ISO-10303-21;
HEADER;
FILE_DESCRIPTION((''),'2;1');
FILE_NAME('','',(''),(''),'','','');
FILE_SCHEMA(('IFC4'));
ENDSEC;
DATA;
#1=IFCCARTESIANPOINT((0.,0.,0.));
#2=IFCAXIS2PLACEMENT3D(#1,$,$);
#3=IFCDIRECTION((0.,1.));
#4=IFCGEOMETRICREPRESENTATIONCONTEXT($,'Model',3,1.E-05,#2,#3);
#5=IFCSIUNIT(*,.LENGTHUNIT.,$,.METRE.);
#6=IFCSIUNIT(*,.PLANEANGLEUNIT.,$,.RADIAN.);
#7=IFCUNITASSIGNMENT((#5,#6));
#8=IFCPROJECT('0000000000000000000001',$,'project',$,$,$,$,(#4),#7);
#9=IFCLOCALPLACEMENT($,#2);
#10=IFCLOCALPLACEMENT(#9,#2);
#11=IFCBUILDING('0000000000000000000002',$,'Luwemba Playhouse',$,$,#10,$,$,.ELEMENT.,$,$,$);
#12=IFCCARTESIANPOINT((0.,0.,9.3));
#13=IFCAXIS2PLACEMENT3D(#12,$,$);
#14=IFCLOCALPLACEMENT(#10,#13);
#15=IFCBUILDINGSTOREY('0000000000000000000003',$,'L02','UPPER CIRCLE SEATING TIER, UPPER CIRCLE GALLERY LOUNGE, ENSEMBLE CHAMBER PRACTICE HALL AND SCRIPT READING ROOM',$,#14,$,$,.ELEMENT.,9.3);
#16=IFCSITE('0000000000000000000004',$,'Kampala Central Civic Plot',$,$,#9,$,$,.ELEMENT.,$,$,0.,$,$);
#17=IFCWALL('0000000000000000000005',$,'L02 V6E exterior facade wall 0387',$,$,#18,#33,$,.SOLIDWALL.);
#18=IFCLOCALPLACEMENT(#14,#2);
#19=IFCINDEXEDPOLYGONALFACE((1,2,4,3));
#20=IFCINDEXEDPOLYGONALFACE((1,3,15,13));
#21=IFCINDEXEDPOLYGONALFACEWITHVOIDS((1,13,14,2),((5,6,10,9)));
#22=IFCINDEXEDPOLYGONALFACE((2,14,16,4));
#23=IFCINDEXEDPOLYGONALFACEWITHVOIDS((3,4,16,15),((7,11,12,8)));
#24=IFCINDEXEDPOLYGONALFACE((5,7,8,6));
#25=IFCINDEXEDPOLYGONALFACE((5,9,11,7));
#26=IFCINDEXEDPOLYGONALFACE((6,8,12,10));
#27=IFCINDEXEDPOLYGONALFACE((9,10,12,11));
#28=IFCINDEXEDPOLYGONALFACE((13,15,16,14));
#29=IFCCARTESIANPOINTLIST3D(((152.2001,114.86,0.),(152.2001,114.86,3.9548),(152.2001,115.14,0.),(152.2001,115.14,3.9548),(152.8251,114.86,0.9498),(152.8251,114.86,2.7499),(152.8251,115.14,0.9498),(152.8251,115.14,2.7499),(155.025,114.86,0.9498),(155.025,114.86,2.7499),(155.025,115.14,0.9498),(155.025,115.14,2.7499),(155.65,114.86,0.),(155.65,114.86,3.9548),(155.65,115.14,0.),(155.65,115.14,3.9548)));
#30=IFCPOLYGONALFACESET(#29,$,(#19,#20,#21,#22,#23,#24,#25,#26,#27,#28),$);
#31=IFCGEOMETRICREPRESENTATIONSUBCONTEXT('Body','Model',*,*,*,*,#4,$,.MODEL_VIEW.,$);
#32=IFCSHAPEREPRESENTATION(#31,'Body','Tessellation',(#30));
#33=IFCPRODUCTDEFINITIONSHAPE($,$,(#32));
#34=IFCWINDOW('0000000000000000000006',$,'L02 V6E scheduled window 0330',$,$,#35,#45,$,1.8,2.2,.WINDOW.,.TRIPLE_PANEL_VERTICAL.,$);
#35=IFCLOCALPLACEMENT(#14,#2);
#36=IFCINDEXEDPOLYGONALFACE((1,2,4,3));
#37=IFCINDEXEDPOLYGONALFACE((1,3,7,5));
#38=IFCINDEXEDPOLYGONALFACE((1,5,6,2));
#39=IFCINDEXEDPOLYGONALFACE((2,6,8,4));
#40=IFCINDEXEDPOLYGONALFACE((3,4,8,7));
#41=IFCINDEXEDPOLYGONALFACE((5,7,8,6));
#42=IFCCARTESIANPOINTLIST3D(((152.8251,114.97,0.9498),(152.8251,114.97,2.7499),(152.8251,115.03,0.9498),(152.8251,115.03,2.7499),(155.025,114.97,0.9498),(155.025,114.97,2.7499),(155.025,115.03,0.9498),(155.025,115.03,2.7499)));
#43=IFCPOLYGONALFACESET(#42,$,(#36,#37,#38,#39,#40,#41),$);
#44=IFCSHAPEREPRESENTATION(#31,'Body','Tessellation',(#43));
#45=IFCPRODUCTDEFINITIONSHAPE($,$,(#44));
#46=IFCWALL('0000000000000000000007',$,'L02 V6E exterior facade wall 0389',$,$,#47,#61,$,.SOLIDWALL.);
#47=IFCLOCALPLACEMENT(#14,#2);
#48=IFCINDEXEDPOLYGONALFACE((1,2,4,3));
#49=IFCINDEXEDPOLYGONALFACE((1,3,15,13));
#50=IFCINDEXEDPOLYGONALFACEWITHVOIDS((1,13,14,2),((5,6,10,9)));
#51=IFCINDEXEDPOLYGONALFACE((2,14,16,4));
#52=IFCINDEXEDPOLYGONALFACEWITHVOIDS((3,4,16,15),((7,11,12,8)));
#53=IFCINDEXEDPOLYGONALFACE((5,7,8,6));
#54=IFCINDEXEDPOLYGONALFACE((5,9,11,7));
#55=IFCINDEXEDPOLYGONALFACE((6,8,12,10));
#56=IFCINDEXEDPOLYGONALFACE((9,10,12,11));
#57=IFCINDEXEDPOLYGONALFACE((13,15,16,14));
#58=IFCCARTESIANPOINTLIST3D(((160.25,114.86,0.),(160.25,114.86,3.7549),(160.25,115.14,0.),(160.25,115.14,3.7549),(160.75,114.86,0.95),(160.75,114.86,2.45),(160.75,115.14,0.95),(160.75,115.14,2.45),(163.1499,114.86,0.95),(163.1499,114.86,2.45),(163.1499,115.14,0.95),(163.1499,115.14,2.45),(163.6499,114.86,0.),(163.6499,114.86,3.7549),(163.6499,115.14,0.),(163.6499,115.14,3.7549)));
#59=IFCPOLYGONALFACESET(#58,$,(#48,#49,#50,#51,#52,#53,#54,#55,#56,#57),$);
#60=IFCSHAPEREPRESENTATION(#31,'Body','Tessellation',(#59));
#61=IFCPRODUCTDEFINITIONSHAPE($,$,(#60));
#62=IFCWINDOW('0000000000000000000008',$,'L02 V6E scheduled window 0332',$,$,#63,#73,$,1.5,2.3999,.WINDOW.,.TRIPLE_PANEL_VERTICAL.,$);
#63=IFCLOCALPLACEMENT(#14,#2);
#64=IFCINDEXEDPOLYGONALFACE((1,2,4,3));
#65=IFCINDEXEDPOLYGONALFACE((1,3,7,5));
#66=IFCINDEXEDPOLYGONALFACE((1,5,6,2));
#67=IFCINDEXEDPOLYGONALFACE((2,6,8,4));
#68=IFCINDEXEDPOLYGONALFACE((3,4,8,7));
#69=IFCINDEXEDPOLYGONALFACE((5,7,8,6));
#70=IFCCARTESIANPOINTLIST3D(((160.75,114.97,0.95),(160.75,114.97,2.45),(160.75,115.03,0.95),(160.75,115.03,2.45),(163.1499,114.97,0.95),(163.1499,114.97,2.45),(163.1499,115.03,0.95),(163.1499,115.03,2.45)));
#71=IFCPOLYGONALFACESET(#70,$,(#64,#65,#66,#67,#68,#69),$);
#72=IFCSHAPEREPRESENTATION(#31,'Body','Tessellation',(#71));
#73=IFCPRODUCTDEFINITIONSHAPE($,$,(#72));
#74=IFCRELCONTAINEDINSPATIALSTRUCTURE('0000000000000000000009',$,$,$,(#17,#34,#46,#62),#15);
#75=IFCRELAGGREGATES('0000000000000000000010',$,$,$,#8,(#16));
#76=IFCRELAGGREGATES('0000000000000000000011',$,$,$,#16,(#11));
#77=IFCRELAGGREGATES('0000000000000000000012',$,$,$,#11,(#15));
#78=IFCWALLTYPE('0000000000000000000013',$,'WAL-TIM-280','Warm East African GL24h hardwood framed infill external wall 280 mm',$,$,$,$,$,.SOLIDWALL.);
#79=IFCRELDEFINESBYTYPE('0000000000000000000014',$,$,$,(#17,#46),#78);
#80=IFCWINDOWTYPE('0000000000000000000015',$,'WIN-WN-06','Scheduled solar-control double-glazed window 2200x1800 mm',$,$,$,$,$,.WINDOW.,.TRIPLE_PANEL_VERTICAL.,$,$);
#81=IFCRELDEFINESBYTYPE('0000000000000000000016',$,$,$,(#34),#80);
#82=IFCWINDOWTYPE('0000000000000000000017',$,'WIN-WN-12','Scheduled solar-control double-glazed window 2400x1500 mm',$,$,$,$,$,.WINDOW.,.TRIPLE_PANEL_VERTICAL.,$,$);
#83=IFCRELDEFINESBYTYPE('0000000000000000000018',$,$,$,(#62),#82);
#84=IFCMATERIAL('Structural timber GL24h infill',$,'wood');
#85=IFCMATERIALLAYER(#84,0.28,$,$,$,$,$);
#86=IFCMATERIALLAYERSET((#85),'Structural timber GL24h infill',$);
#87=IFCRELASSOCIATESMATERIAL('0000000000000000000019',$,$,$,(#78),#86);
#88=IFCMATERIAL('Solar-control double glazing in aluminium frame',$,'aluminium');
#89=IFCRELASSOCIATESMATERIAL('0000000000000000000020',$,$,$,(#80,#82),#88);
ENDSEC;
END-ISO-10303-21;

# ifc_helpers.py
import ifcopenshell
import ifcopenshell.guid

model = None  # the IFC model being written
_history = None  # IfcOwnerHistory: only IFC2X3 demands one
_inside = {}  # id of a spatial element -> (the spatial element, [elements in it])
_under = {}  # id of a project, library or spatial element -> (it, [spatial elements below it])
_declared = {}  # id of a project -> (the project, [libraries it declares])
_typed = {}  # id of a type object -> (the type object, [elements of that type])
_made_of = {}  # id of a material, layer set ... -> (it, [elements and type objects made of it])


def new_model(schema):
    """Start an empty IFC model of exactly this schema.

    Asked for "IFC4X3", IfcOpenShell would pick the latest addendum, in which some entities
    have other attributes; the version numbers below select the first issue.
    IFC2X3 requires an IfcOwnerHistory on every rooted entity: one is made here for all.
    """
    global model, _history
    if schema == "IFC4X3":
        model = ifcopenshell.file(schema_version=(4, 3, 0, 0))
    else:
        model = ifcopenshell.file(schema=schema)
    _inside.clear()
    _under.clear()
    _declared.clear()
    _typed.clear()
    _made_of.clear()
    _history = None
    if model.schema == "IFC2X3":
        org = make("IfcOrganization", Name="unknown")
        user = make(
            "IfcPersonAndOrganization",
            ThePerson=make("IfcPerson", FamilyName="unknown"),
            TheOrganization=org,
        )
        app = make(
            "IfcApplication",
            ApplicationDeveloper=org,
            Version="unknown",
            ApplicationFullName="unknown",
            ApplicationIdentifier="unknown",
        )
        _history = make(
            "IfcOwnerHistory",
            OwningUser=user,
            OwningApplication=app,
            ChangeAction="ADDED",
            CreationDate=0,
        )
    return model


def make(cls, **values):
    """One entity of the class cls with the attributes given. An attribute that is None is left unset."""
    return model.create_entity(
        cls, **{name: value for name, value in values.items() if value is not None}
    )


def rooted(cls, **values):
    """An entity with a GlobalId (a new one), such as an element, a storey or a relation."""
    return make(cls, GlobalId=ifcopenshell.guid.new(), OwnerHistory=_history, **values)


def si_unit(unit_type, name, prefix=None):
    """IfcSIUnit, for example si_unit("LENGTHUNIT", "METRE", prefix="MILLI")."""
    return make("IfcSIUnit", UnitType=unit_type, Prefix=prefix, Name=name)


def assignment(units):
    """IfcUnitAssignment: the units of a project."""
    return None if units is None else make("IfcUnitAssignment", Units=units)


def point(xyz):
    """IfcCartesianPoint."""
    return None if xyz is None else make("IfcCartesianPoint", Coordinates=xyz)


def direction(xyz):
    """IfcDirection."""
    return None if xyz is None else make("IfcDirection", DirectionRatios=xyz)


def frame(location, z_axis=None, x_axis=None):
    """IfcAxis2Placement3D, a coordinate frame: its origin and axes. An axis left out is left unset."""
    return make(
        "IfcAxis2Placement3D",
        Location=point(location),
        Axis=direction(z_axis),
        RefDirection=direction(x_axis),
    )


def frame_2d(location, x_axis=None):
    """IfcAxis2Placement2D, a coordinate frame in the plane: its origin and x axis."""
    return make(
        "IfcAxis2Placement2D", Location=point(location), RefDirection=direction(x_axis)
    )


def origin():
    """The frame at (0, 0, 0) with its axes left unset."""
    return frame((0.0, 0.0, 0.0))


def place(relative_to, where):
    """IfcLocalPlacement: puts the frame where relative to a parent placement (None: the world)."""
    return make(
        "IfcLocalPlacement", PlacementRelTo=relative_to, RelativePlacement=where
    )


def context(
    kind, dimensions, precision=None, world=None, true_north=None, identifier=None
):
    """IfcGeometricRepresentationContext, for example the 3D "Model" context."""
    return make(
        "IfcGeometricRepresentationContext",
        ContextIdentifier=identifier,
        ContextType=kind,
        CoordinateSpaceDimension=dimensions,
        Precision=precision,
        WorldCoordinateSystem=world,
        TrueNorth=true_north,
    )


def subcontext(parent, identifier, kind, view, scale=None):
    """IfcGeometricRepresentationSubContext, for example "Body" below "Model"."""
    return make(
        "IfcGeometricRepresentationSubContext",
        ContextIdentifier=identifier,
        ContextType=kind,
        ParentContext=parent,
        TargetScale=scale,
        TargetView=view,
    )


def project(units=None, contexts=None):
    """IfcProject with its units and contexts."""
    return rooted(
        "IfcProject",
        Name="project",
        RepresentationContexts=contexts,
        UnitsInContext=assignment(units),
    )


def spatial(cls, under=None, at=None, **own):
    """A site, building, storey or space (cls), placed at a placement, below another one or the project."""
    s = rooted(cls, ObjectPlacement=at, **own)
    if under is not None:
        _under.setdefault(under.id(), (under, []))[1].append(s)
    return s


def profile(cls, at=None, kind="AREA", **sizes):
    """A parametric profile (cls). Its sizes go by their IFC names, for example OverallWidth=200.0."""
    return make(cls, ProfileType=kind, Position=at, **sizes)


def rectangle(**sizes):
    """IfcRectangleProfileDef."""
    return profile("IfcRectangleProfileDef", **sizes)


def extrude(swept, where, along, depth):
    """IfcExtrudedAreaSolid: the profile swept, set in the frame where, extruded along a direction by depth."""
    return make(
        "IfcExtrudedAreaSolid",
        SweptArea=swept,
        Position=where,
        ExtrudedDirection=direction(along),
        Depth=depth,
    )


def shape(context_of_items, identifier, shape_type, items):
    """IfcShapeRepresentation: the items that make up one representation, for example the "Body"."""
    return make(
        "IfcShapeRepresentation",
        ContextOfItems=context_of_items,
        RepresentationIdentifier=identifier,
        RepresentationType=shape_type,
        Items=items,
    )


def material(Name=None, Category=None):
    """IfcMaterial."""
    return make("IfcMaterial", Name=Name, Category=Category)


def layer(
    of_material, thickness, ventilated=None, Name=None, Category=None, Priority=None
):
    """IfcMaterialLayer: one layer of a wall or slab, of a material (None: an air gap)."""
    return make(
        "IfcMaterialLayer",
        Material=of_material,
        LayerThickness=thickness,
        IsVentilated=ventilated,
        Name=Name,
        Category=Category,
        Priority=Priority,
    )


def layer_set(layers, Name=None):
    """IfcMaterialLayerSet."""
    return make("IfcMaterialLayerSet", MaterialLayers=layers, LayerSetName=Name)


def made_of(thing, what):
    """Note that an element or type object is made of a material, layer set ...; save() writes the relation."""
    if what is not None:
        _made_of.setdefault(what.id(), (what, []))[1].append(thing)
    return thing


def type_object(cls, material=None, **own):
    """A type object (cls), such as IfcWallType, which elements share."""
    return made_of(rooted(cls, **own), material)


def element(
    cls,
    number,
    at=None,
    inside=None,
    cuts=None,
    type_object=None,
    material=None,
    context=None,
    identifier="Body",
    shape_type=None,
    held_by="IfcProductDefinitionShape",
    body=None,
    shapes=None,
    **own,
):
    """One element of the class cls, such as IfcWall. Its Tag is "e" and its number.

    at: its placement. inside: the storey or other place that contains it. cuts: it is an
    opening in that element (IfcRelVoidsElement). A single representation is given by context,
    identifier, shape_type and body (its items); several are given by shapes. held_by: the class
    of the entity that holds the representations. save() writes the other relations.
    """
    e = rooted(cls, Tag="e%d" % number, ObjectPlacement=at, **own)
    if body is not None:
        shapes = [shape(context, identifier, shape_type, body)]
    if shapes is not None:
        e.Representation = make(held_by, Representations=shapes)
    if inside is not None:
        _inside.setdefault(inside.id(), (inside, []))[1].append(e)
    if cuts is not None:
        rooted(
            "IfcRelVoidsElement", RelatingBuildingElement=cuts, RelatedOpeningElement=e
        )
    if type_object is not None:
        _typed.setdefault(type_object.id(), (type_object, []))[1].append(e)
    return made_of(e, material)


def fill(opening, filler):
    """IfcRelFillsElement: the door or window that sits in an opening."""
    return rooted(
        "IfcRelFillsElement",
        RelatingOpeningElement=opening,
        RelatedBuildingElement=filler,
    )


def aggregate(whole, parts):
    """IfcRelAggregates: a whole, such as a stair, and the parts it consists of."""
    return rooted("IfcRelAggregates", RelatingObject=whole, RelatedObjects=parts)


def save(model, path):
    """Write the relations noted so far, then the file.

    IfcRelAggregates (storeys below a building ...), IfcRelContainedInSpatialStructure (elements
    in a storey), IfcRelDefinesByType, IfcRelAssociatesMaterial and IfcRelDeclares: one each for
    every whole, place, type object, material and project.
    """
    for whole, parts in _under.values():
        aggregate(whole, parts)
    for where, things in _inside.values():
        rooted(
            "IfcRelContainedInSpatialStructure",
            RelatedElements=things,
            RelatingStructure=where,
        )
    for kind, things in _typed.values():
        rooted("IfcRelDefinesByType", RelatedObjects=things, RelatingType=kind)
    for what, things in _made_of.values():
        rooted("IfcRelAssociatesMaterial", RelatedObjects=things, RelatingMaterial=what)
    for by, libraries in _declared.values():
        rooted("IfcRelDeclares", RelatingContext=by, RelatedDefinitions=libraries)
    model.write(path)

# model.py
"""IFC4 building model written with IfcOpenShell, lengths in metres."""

from ifc_helpers import new_model, si_unit, direction, frame, frame_2d, origin, place, context, subcontext, project, spatial, rectangle, extrude, material, layer, layer_set, type_object, element, fill, save


model = new_model("IFC4")

# Units and contexts
model_context = context("Model", 3, precision=1e-05, world=origin(), true_north=direction((0.0, 1.0)))
body_context = subcontext(model_context, "Body", "Model", "MODEL_VIEW")
ifc_project = project(units=[si_unit("LENGTHUNIT", "METRE"), si_unit("PLANEANGLEUNIT", "RADIAN")], contexts=[model_context])

# Site, building, storey
site_placement = place(None, origin())
site = spatial("IfcSite", under=ifc_project, at=site_placement, Name="Kampala Central Civic Plot", CompositionType="ELEMENT", RefElevation=0.0)
building_placement = place(site_placement, origin())
building = spatial("IfcBuilding", under=site, at=building_placement, Name="Luwemba Playhouse", CompositionType="ELEMENT")
storey_placement = place(building_placement, frame((0.0, 0.0, 9.3)))
storey = spatial("IfcBuildingStorey", under=building, at=storey_placement, Name="L02", Description="UPPER CIRCLE SEATING TIER, UPPER CIRCLE GALLERY LOUNGE, ENSEMBLE CHAMBER PRACTICE HALL AND SCRIPT READING ROOM", CompositionType="ELEMENT", Elevation=9.3)

# Shared definitions
ifc_material_1 = material(Name="Solar-control double glazing in aluminium frame", Category="aluminium")

# Walls, openings, windows
ifc_material_2 = material(Name="Structural timber GL24h infill", Category="wood")
ifc_layer_1 = layer(ifc_material_2, 0.28)
ifc_layer_set_1 = layer_set([ifc_layer_1], Name="Structural timber GL24h infill")
wall_type_1 = type_object("IfcWallType", Name="WAL-TIM-280", Description="Warm East African GL24h hardwood framed infill external wall 280 mm", PredefinedType="SOLIDWALL", material=ifc_layer_set_1)
wall_1_placement = place(storey_placement, frame((152.2, 115.0, 0.0), z_axis=(0.0, 0.0, 1.0), x_axis=(1.0, 0.0, 0.0)))
wall_1 = element("IfcWall", 1, at=wall_1_placement, inside=storey, type_object=wall_type_1, Name="L02 V6E exterior facade wall 0387", PredefinedType="SOLIDWALL", context=body_context, shape_type="SweptSolid", body=[
    extrude(rectangle(XDim=3.45, YDim=0.28, at=frame_2d((1.7251, 0.0))), origin(), (0.0, 0.0, 1.0), 3.9548),
])
opening_1_placement = place(wall_1_placement, frame((0.625, 0.0, 0.95)))
opening_1 = element("IfcOpeningElement", 2, at=opening_1_placement, cuts=wall_1, PredefinedType="OPENING", context=body_context, shape_type="SweptSolid", body=[
    extrude(rectangle(XDim=2.2, YDim=1.8, at=frame_2d((1.1001, 0.8999))), frame((0.0, 0.1499, 0.0), z_axis=(0.0, -1.0, 0.0), x_axis=(1.0, 0.0, 0.0)), (0.0, 0.0, 1.0), 0.3),
])
window_type_1 = type_object("IfcWindowType", Name="WIN-WN-06", Description="Scheduled solar-control double-glazed window 2200x1800 mm", PartitioningType="TRIPLE_PANEL_VERTICAL", PredefinedType="WINDOW", material=ifc_material_1)
window_1_placement = place(opening_1_placement, origin())
window_1 = element("IfcWindow", 3, at=window_1_placement, inside=storey, type_object=window_type_1, Name="L02 V6E scheduled window 0330", OverallHeight=1.8, OverallWidth=2.2, PartitioningType="TRIPLE_PANEL_VERTICAL", PredefinedType="WINDOW", context=body_context, shape_type="SweptSolid", body=[
    extrude(rectangle(XDim=2.2, YDim=1.8, at=frame_2d((1.1001, 0.8999))), frame((0.0, 0.03, 0.0), z_axis=(0.0, -1.0, 0.0), x_axis=(1.0, 0.0, 0.0)), (0.0, 0.0, 1.0), 0.0601),
])
fill(opening_1, window_1)
wall_2_placement = place(storey_placement, frame((160.25, 115.0, 0.0), z_axis=(0.0, 0.0, 1.0), x_axis=(1.0, 0.0, 0.0)))
wall_2 = element("IfcWall", 4, at=wall_2_placement, inside=storey, type_object=wall_type_1, Name="L02 V6E exterior facade wall 0389", PredefinedType="SOLIDWALL", context=body_context, shape_type="SweptSolid", body=[
    extrude(rectangle(XDim=3.3999, YDim=0.28, at=frame_2d((1.7, 0.0))), origin(), (0.0, 0.0, 1.0), 3.7549),
])
opening_2_placement = place(wall_2_placement, frame((0.5, 0.0, 0.95)))
opening_2 = element("IfcOpeningElement", 5, at=opening_2_placement, cuts=wall_2, PredefinedType="OPENING", context=body_context, shape_type="SweptSolid", body=[
    extrude(rectangle(XDim=2.3999, YDim=1.5, at=frame_2d((1.2, 0.75))), frame((0.0, 0.1499, 0.0), z_axis=(0.0, -1.0, 0.0), x_axis=(1.0, 0.0, 0.0)), (0.0, 0.0, 1.0), 0.3),
])
window_type_2 = type_object("IfcWindowType", Name="WIN-WN-12", Description="Scheduled solar-control double-glazed window 2400x1500 mm", PartitioningType="TRIPLE_PANEL_VERTICAL", PredefinedType="WINDOW", material=ifc_material_1)
window_2_placement = place(opening_2_placement, origin())
window_2 = element("IfcWindow", 6, at=window_2_placement, inside=storey, type_object=window_type_2, Name="L02 V6E scheduled window 0332", OverallHeight=1.5, OverallWidth=2.3999, PartitioningType="TRIPLE_PANEL_VERTICAL", PredefinedType="WINDOW", context=body_context, shape_type="SweptSolid", body=[
    extrude(rectangle(XDim=2.3999, YDim=1.5, at=frame_2d((1.2, 0.75))), frame((0.0, 0.03, 0.0), z_axis=(0.0, -1.0, 0.0), x_axis=(1.0, 0.0, 0.0)), (0.0, 0.0, 1.0), 0.0601),
])
fill(opening_2, window_2)

save(model, "model.ifc")
